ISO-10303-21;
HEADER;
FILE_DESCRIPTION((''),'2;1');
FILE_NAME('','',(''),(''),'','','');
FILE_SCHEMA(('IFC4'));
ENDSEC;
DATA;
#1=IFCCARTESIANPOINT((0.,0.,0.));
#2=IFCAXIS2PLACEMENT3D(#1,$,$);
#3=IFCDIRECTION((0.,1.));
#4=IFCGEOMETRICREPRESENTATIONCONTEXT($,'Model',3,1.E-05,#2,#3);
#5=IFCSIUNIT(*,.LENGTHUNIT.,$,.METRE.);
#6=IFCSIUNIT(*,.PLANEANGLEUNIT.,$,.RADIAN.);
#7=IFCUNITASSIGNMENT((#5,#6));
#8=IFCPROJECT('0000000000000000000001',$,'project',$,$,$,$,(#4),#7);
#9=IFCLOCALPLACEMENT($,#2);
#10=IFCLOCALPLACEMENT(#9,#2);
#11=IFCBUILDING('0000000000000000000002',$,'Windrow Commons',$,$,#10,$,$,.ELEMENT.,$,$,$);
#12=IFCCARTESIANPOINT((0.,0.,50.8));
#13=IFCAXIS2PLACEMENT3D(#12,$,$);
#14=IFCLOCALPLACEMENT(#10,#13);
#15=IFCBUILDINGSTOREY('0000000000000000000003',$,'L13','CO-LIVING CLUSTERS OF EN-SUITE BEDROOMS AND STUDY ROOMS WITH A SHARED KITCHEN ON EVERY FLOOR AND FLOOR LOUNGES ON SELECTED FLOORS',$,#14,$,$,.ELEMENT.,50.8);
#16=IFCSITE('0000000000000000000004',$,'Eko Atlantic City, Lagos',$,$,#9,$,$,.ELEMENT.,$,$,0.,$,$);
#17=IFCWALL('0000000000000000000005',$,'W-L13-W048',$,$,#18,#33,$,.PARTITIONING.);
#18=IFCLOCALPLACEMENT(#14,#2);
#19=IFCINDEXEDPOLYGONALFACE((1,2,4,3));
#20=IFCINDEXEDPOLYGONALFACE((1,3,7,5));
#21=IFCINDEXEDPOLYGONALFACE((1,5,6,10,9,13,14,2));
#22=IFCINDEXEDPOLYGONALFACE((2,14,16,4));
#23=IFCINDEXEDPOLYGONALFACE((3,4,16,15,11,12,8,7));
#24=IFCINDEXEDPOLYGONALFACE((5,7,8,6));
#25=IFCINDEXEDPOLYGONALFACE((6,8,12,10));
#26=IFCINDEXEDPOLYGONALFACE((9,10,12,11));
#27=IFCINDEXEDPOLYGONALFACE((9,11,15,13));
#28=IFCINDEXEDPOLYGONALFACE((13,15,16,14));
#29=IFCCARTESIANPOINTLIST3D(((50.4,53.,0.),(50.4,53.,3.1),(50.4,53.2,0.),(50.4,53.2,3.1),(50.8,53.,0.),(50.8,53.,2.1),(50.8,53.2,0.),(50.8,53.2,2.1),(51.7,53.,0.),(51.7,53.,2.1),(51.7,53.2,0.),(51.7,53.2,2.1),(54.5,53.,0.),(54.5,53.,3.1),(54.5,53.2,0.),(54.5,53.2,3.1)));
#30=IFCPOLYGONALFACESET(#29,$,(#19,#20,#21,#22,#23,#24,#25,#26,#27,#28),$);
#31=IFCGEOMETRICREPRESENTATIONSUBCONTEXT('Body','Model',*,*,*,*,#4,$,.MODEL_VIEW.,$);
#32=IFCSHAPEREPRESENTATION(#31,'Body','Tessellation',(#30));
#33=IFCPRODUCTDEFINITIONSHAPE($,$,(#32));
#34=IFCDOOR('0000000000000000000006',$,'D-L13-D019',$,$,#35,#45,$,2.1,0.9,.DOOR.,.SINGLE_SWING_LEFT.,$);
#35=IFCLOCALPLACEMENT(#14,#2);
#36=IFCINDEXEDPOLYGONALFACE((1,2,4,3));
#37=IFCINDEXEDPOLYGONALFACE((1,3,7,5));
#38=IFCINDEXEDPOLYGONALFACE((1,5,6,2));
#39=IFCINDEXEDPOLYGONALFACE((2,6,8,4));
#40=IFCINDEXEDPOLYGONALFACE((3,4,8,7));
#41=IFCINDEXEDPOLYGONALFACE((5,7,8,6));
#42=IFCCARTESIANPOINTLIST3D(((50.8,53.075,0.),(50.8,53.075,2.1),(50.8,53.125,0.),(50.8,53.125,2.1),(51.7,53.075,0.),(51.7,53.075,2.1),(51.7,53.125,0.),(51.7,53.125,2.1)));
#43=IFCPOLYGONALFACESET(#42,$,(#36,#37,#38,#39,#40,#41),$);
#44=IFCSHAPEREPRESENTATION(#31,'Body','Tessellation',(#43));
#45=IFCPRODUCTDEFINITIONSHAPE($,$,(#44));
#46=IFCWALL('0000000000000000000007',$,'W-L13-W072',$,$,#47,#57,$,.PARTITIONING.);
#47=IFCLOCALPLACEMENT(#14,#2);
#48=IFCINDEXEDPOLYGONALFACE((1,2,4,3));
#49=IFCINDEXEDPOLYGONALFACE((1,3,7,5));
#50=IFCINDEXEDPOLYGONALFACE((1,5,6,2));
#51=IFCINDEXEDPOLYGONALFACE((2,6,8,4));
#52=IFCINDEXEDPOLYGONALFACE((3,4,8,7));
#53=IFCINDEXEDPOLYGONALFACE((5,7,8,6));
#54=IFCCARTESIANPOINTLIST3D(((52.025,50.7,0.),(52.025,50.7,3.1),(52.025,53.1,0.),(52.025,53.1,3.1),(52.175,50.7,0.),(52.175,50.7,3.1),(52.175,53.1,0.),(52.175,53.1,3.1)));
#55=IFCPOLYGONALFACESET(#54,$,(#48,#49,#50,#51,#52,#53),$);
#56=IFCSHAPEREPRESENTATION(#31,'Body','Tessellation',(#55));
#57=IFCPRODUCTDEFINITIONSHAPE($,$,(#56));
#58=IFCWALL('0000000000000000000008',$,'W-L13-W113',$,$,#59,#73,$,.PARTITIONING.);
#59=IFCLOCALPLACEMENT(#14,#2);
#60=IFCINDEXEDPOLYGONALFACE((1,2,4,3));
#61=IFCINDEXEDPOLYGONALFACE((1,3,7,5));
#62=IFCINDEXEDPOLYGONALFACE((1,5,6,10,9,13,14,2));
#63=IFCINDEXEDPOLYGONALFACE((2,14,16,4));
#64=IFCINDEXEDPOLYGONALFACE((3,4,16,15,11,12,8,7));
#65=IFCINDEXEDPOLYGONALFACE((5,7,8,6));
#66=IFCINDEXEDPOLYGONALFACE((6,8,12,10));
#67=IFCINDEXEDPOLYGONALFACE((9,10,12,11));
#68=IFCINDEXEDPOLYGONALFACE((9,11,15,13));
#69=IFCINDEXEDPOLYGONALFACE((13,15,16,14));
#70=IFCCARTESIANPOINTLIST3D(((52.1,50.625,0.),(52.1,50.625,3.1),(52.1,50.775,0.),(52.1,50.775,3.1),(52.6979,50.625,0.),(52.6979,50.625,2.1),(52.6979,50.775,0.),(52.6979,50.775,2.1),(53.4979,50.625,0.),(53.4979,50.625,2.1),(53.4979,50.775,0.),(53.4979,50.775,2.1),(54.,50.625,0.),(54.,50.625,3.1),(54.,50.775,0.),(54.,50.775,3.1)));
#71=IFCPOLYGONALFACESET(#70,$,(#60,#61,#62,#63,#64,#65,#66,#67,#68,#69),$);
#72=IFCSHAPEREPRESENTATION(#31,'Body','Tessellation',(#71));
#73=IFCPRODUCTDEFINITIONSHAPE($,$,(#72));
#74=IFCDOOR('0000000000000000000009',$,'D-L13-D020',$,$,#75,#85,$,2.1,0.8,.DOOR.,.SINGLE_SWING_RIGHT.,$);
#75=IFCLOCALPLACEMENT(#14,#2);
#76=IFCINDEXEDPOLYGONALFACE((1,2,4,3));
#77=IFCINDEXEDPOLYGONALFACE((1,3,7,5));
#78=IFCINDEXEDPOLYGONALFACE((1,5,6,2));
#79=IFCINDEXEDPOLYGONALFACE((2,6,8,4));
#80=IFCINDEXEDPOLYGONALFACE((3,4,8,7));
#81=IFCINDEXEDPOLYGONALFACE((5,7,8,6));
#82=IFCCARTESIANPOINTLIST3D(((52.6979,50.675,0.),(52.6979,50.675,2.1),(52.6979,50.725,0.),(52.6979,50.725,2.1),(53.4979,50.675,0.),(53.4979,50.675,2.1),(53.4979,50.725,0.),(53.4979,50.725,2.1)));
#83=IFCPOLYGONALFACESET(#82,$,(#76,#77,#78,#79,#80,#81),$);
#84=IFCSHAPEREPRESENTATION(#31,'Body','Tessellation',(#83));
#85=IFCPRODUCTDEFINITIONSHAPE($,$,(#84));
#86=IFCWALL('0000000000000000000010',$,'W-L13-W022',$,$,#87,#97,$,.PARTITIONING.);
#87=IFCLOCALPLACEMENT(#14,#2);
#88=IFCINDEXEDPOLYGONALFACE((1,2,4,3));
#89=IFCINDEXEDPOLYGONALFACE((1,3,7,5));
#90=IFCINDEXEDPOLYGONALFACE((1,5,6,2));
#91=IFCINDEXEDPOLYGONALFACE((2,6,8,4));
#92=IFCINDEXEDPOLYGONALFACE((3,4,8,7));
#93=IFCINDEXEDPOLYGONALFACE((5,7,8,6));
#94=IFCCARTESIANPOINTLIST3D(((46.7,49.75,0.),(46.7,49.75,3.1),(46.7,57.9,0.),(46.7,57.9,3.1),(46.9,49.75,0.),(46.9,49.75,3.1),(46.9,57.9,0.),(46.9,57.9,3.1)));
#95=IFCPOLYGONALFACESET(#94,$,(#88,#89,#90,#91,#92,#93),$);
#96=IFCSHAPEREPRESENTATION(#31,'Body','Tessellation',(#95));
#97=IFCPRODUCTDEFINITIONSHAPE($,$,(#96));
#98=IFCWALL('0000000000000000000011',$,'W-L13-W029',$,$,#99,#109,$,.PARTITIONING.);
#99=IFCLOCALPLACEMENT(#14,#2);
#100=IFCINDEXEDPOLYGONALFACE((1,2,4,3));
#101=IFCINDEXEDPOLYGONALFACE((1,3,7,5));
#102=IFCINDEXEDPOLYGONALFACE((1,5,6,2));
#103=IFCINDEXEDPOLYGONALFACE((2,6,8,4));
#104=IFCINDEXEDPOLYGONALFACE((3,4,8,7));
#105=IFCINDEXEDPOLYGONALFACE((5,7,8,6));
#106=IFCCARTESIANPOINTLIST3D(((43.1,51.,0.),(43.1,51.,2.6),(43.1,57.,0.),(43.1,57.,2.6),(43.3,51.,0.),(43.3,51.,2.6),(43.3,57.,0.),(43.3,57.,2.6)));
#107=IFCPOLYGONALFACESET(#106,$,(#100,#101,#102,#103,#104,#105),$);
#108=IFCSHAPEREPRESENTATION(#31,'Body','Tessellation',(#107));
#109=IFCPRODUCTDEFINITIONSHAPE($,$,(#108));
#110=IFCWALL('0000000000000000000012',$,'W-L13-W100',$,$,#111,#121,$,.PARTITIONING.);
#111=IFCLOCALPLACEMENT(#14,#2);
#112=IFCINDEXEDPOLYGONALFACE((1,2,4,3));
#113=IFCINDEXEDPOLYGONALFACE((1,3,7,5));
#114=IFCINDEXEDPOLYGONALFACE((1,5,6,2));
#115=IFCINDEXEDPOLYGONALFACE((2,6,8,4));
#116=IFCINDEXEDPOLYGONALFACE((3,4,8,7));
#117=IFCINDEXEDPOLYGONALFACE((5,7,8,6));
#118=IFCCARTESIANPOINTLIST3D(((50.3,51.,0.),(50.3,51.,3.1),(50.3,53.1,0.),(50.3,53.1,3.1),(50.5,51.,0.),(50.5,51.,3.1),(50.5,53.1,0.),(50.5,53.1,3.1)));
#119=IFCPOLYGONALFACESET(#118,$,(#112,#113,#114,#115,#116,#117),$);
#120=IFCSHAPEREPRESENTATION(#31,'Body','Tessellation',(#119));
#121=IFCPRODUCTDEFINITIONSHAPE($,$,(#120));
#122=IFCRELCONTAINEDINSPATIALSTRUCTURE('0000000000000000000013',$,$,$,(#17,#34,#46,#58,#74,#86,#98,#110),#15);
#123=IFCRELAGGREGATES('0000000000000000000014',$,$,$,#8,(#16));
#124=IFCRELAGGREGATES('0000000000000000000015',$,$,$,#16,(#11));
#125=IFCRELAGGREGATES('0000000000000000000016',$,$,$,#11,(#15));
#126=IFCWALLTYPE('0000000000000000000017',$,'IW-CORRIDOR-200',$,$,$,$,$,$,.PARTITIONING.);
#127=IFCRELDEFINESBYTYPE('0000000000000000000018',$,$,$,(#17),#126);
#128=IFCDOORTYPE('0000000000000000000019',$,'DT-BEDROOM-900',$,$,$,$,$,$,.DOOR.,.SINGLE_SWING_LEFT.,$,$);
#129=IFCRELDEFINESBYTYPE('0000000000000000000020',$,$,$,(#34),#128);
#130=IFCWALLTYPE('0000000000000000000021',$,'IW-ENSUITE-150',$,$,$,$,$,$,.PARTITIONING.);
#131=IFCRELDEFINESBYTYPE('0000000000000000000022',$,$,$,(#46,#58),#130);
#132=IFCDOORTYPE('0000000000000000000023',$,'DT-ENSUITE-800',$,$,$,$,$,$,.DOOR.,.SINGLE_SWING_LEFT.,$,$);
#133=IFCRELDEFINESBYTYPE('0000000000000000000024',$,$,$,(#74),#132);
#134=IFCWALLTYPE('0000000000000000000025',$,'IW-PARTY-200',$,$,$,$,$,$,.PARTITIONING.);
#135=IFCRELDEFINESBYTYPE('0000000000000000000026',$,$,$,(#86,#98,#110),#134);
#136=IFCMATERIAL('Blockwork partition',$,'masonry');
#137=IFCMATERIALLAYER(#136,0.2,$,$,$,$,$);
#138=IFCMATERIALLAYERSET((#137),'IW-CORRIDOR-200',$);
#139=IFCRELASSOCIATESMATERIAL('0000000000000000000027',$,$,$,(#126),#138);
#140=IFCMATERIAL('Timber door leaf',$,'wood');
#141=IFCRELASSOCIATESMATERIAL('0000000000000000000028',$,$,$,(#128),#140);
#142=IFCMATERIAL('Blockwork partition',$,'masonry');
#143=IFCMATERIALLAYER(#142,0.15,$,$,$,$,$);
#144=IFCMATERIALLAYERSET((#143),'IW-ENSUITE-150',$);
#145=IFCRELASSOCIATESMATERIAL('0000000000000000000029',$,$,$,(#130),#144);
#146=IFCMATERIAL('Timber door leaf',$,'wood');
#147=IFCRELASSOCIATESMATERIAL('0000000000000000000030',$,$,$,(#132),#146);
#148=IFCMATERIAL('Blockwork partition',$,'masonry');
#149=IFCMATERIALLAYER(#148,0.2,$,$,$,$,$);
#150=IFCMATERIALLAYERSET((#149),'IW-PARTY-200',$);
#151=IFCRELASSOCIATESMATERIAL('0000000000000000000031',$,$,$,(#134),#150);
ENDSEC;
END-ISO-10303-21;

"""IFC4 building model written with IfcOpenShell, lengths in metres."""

from ifc_helpers import new_model, si_unit, direction, frame, frame_2d, origin, place, context, subcontext, project, spatial, rectangle, extrude, material, layer, layer_set, type_object, element, fill, save


model = new_model("IFC4")

# Units and contexts
model_context = context("Model", 3, precision=1e-05, world=origin(), true_north=direction((0.0, 1.0)))
body_context = subcontext(model_context, "Body", "Model", "MODEL_VIEW")
ifc_project = project(units=[si_unit("LENGTHUNIT", "METRE"), si_unit("PLANEANGLEUNIT", "RADIAN")], contexts=[model_context])

# Site, building, storey
site_placement = place(None, origin())
site = spatial("IfcSite", under=ifc_project, at=site_placement, Name="Eko Atlantic City, Lagos", CompositionType="ELEMENT", RefElevation=0.0)
building_placement = place(site_placement, origin())
building = spatial("IfcBuilding", under=site, at=building_placement, Name="Windrow Commons", CompositionType="ELEMENT")
storey_placement = place(building_placement, frame((0.0, 0.0, 50.8)))
storey = spatial("IfcBuildingStorey", under=building, at=storey_placement, Name="L13", Description="CO-LIVING CLUSTERS OF EN-SUITE BEDROOMS AND STUDY ROOMS WITH A SHARED KITCHEN ON EVERY FLOOR AND FLOOR LOUNGES ON SELECTED FLOORS", CompositionType="ELEMENT", Elevation=50.8)

# Wall, opening, door
ifc_material_1 = material(Name="Blockwork partition", Category="masonry")
ifc_layer_1 = layer(ifc_material_1, 0.2)
ifc_layer_set_1 = layer_set([ifc_layer_1], Name="IW-CORRIDOR-200")
wall_type_1 = type_object("IfcWallType", Name="IW-CORRIDOR-200", PredefinedType="PARTITIONING", material=ifc_layer_set_1)
wall_1_placement = place(storey_placement, frame((50.4, 53.1, 0.0), z_axis=(0.0, 0.0, 1.0), x_axis=(1.0, 0.0, 0.0)))
wall_1 = element("IfcWall", 1, at=wall_1_placement, inside=storey, type_object=wall_type_1, Name="W-L13-W048", PredefinedType="PARTITIONING", context=body_context, shape_type="SweptSolid", body=[
    extrude(rectangle(XDim=4.1, YDim=0.2, at=frame_2d((2.05, 0.0))), origin(), (0.0, 0.0, 1.0), 3.1),
])
opening_1_placement = place(wall_1_placement, frame((0.4, 0.0, 0.0)))
opening_1 = element("IfcOpeningElement", 2, at=opening_1_placement, cuts=wall_1, PredefinedType="OPENING", context=body_context, shape_type="SweptSolid", body=[
    extrude(rectangle(XDim=0.9, YDim=2.1, at=frame_2d((0.45, 1.05))), frame((0.0, 0.11, 0.0), z_axis=(0.0, -1.0, 0.0), x_axis=(1.0, 0.0, 0.0)), (0.0, 0.0, 1.0), 0.22),
])
ifc_material_2 = material(Name="Timber door leaf", Category="wood")
door_type_1 = type_object("IfcDoorType", Name="DT-BEDROOM-900", OperationType="SINGLE_SWING_LEFT", PredefinedType="DOOR", material=ifc_material_2)
door_1_placement = place(opening_1_placement, origin())
door_1 = element("IfcDoor", 3, at=door_1_placement, inside=storey, type_object=door_type_1, Name="D-L13-D019", OperationType="SINGLE_SWING_LEFT", OverallHeight=2.1, OverallWidth=0.9, PredefinedType="DOOR", context=body_context, shape_type="SweptSolid", body=[
    extrude(rectangle(XDim=0.9, YDim=2.1, at=frame_2d((0.45, 1.05))), frame((0.0, 0.025, 0.0), z_axis=(0.0, -1.0, 0.0), x_axis=(1.0, 0.0, 0.0)), (0.0, 0.0, 1.0), 0.05),
])
fill(opening_1, door_1)

# Wall
ifc_material_3 = material(Name="Blockwork partition", Category="masonry")
ifc_layer_2 = layer(ifc_material_3, 0.15)
ifc_layer_set_2 = layer_set([ifc_layer_2], Name="IW-ENSUITE-150")
wall_type_2 = type_object("IfcWallType", Name="IW-ENSUITE-150", PredefinedType="PARTITIONING", material=ifc_layer_set_2)
wall_2_placement = place(storey_placement, frame((52.1, 50.7, 0.0), z_axis=(0.0, 0.0, 1.0), x_axis=(0.0, 1.0, 0.0)))
element("IfcWall", 4, at=wall_2_placement, inside=storey, type_object=wall_type_2, Name="W-L13-W072", PredefinedType="PARTITIONING", context=body_context, shape_type="SweptSolid", body=[
    extrude(rectangle(XDim=2.4, YDim=0.15, at=frame_2d((1.2, 0.0))), origin(), (0.0, 0.0, 1.0), 3.1),
])

# Wall, opening, door
wall_3_placement = place(storey_placement, frame((52.1, 50.7, 0.0), z_axis=(0.0, 0.0, 1.0), x_axis=(1.0, 0.0, 0.0)))
wall_3 = element("IfcWall", 5, at=wall_3_placement, inside=storey, type_object=wall_type_2, Name="W-L13-W113", PredefinedType="PARTITIONING", context=body_context, shape_type="SweptSolid", body=[
    extrude(rectangle(XDim=1.9, YDim=0.15, at=frame_2d((0.95, 0.0))), origin(), (0.0, 0.0, 1.0), 3.1),
])
opening_2_placement = place(wall_3_placement, frame((0.5979, 0.0, 0.0)))
opening_2 = element("IfcOpeningElement", 6, at=opening_2_placement, cuts=wall_3, PredefinedType="OPENING", context=body_context, shape_type="SweptSolid", body=[
    extrude(rectangle(XDim=0.8, YDim=2.1, at=frame_2d((0.4, 1.05))), frame((0.0, 0.085, 0.0), z_axis=(0.0, -1.0, 0.0), x_axis=(1.0, 0.0, 0.0)), (0.0, 0.0, 1.0), 0.17),
])
ifc_material_4 = material(Name="Timber door leaf", Category="wood")
door_type_2 = type_object("IfcDoorType", Name="DT-ENSUITE-800", OperationType="SINGLE_SWING_LEFT", PredefinedType="DOOR", material=ifc_material_4)
door_2_placement = place(opening_2_placement, origin())
door_2 = element("IfcDoor", 7, at=door_2_placement, inside=storey, type_object=door_type_2, Name="D-L13-D020", OperationType="SINGLE_SWING_RIGHT", OverallHeight=2.1, OverallWidth=0.8, PredefinedType="DOOR", context=body_context, shape_type="SweptSolid", body=[
    extrude(rectangle(XDim=0.8, YDim=2.1, at=frame_2d((0.4, 1.05))), frame((0.0, 0.025, 0.0), z_axis=(0.0, -1.0, 0.0), x_axis=(1.0, 0.0, 0.0)), (0.0, 0.0, 1.0), 0.05),
])
fill(opening_2, door_2)

# Walls
ifc_material_5 = material(Name="Blockwork partition", Category="masonry")
ifc_layer_3 = layer(ifc_material_5, 0.2)
ifc_layer_set_3 = layer_set([ifc_layer_3], Name="IW-PARTY-200")
wall_type_3 = type_object("IfcWallType", Name="IW-PARTY-200", PredefinedType="PARTITIONING", material=ifc_layer_set_3)
wall_4_placement = place(storey_placement, frame((46.8, 49.75, 0.0), z_axis=(0.0, 0.0, 1.0), x_axis=(0.0, 1.0, 0.0)))
element("IfcWall", 8, at=wall_4_placement, inside=storey, type_object=wall_type_3, Name="W-L13-W022", PredefinedType="PARTITIONING", context=body_context, shape_type="SweptSolid", body=[
    extrude(rectangle(XDim=8.15, YDim=0.2, at=frame_2d((4.075, 0.0))), origin(), (0.0, 0.0, 1.0), 3.1),
])
wall_5_placement = place(storey_placement, frame((43.2, 51.0, 0.0), z_axis=(0.0, 0.0, 1.0), x_axis=(0.0, 1.0, 0.0)))
element("IfcWall", 9, at=wall_5_placement, inside=storey, type_object=wall_type_3, Name="W-L13-W029", PredefinedType="PARTITIONING", context=body_context, shape_type="SweptSolid", body=[
    extrude(rectangle(XDim=6.0, YDim=0.2, at=frame_2d((3.0, 0.0))), origin(), (0.0, 0.0, 1.0), 2.6),
])
wall_6_placement = place(storey_placement, frame((50.4, 51.0, 0.0), z_axis=(0.0, 0.0, 1.0), x_axis=(0.0, 1.0, 0.0)))
element("IfcWall", 10, at=wall_6_placement, inside=storey, type_object=wall_type_3, Name="W-L13-W100", PredefinedType="PARTITIONING", context=body_context, shape_type="SweptSolid", body=[
    extrude(rectangle(XDim=2.1, YDim=0.2, at=frame_2d((1.05, 0.0))), origin(), (0.0, 0.0, 1.0), 3.1),
])

save(model, "model.ifc")
